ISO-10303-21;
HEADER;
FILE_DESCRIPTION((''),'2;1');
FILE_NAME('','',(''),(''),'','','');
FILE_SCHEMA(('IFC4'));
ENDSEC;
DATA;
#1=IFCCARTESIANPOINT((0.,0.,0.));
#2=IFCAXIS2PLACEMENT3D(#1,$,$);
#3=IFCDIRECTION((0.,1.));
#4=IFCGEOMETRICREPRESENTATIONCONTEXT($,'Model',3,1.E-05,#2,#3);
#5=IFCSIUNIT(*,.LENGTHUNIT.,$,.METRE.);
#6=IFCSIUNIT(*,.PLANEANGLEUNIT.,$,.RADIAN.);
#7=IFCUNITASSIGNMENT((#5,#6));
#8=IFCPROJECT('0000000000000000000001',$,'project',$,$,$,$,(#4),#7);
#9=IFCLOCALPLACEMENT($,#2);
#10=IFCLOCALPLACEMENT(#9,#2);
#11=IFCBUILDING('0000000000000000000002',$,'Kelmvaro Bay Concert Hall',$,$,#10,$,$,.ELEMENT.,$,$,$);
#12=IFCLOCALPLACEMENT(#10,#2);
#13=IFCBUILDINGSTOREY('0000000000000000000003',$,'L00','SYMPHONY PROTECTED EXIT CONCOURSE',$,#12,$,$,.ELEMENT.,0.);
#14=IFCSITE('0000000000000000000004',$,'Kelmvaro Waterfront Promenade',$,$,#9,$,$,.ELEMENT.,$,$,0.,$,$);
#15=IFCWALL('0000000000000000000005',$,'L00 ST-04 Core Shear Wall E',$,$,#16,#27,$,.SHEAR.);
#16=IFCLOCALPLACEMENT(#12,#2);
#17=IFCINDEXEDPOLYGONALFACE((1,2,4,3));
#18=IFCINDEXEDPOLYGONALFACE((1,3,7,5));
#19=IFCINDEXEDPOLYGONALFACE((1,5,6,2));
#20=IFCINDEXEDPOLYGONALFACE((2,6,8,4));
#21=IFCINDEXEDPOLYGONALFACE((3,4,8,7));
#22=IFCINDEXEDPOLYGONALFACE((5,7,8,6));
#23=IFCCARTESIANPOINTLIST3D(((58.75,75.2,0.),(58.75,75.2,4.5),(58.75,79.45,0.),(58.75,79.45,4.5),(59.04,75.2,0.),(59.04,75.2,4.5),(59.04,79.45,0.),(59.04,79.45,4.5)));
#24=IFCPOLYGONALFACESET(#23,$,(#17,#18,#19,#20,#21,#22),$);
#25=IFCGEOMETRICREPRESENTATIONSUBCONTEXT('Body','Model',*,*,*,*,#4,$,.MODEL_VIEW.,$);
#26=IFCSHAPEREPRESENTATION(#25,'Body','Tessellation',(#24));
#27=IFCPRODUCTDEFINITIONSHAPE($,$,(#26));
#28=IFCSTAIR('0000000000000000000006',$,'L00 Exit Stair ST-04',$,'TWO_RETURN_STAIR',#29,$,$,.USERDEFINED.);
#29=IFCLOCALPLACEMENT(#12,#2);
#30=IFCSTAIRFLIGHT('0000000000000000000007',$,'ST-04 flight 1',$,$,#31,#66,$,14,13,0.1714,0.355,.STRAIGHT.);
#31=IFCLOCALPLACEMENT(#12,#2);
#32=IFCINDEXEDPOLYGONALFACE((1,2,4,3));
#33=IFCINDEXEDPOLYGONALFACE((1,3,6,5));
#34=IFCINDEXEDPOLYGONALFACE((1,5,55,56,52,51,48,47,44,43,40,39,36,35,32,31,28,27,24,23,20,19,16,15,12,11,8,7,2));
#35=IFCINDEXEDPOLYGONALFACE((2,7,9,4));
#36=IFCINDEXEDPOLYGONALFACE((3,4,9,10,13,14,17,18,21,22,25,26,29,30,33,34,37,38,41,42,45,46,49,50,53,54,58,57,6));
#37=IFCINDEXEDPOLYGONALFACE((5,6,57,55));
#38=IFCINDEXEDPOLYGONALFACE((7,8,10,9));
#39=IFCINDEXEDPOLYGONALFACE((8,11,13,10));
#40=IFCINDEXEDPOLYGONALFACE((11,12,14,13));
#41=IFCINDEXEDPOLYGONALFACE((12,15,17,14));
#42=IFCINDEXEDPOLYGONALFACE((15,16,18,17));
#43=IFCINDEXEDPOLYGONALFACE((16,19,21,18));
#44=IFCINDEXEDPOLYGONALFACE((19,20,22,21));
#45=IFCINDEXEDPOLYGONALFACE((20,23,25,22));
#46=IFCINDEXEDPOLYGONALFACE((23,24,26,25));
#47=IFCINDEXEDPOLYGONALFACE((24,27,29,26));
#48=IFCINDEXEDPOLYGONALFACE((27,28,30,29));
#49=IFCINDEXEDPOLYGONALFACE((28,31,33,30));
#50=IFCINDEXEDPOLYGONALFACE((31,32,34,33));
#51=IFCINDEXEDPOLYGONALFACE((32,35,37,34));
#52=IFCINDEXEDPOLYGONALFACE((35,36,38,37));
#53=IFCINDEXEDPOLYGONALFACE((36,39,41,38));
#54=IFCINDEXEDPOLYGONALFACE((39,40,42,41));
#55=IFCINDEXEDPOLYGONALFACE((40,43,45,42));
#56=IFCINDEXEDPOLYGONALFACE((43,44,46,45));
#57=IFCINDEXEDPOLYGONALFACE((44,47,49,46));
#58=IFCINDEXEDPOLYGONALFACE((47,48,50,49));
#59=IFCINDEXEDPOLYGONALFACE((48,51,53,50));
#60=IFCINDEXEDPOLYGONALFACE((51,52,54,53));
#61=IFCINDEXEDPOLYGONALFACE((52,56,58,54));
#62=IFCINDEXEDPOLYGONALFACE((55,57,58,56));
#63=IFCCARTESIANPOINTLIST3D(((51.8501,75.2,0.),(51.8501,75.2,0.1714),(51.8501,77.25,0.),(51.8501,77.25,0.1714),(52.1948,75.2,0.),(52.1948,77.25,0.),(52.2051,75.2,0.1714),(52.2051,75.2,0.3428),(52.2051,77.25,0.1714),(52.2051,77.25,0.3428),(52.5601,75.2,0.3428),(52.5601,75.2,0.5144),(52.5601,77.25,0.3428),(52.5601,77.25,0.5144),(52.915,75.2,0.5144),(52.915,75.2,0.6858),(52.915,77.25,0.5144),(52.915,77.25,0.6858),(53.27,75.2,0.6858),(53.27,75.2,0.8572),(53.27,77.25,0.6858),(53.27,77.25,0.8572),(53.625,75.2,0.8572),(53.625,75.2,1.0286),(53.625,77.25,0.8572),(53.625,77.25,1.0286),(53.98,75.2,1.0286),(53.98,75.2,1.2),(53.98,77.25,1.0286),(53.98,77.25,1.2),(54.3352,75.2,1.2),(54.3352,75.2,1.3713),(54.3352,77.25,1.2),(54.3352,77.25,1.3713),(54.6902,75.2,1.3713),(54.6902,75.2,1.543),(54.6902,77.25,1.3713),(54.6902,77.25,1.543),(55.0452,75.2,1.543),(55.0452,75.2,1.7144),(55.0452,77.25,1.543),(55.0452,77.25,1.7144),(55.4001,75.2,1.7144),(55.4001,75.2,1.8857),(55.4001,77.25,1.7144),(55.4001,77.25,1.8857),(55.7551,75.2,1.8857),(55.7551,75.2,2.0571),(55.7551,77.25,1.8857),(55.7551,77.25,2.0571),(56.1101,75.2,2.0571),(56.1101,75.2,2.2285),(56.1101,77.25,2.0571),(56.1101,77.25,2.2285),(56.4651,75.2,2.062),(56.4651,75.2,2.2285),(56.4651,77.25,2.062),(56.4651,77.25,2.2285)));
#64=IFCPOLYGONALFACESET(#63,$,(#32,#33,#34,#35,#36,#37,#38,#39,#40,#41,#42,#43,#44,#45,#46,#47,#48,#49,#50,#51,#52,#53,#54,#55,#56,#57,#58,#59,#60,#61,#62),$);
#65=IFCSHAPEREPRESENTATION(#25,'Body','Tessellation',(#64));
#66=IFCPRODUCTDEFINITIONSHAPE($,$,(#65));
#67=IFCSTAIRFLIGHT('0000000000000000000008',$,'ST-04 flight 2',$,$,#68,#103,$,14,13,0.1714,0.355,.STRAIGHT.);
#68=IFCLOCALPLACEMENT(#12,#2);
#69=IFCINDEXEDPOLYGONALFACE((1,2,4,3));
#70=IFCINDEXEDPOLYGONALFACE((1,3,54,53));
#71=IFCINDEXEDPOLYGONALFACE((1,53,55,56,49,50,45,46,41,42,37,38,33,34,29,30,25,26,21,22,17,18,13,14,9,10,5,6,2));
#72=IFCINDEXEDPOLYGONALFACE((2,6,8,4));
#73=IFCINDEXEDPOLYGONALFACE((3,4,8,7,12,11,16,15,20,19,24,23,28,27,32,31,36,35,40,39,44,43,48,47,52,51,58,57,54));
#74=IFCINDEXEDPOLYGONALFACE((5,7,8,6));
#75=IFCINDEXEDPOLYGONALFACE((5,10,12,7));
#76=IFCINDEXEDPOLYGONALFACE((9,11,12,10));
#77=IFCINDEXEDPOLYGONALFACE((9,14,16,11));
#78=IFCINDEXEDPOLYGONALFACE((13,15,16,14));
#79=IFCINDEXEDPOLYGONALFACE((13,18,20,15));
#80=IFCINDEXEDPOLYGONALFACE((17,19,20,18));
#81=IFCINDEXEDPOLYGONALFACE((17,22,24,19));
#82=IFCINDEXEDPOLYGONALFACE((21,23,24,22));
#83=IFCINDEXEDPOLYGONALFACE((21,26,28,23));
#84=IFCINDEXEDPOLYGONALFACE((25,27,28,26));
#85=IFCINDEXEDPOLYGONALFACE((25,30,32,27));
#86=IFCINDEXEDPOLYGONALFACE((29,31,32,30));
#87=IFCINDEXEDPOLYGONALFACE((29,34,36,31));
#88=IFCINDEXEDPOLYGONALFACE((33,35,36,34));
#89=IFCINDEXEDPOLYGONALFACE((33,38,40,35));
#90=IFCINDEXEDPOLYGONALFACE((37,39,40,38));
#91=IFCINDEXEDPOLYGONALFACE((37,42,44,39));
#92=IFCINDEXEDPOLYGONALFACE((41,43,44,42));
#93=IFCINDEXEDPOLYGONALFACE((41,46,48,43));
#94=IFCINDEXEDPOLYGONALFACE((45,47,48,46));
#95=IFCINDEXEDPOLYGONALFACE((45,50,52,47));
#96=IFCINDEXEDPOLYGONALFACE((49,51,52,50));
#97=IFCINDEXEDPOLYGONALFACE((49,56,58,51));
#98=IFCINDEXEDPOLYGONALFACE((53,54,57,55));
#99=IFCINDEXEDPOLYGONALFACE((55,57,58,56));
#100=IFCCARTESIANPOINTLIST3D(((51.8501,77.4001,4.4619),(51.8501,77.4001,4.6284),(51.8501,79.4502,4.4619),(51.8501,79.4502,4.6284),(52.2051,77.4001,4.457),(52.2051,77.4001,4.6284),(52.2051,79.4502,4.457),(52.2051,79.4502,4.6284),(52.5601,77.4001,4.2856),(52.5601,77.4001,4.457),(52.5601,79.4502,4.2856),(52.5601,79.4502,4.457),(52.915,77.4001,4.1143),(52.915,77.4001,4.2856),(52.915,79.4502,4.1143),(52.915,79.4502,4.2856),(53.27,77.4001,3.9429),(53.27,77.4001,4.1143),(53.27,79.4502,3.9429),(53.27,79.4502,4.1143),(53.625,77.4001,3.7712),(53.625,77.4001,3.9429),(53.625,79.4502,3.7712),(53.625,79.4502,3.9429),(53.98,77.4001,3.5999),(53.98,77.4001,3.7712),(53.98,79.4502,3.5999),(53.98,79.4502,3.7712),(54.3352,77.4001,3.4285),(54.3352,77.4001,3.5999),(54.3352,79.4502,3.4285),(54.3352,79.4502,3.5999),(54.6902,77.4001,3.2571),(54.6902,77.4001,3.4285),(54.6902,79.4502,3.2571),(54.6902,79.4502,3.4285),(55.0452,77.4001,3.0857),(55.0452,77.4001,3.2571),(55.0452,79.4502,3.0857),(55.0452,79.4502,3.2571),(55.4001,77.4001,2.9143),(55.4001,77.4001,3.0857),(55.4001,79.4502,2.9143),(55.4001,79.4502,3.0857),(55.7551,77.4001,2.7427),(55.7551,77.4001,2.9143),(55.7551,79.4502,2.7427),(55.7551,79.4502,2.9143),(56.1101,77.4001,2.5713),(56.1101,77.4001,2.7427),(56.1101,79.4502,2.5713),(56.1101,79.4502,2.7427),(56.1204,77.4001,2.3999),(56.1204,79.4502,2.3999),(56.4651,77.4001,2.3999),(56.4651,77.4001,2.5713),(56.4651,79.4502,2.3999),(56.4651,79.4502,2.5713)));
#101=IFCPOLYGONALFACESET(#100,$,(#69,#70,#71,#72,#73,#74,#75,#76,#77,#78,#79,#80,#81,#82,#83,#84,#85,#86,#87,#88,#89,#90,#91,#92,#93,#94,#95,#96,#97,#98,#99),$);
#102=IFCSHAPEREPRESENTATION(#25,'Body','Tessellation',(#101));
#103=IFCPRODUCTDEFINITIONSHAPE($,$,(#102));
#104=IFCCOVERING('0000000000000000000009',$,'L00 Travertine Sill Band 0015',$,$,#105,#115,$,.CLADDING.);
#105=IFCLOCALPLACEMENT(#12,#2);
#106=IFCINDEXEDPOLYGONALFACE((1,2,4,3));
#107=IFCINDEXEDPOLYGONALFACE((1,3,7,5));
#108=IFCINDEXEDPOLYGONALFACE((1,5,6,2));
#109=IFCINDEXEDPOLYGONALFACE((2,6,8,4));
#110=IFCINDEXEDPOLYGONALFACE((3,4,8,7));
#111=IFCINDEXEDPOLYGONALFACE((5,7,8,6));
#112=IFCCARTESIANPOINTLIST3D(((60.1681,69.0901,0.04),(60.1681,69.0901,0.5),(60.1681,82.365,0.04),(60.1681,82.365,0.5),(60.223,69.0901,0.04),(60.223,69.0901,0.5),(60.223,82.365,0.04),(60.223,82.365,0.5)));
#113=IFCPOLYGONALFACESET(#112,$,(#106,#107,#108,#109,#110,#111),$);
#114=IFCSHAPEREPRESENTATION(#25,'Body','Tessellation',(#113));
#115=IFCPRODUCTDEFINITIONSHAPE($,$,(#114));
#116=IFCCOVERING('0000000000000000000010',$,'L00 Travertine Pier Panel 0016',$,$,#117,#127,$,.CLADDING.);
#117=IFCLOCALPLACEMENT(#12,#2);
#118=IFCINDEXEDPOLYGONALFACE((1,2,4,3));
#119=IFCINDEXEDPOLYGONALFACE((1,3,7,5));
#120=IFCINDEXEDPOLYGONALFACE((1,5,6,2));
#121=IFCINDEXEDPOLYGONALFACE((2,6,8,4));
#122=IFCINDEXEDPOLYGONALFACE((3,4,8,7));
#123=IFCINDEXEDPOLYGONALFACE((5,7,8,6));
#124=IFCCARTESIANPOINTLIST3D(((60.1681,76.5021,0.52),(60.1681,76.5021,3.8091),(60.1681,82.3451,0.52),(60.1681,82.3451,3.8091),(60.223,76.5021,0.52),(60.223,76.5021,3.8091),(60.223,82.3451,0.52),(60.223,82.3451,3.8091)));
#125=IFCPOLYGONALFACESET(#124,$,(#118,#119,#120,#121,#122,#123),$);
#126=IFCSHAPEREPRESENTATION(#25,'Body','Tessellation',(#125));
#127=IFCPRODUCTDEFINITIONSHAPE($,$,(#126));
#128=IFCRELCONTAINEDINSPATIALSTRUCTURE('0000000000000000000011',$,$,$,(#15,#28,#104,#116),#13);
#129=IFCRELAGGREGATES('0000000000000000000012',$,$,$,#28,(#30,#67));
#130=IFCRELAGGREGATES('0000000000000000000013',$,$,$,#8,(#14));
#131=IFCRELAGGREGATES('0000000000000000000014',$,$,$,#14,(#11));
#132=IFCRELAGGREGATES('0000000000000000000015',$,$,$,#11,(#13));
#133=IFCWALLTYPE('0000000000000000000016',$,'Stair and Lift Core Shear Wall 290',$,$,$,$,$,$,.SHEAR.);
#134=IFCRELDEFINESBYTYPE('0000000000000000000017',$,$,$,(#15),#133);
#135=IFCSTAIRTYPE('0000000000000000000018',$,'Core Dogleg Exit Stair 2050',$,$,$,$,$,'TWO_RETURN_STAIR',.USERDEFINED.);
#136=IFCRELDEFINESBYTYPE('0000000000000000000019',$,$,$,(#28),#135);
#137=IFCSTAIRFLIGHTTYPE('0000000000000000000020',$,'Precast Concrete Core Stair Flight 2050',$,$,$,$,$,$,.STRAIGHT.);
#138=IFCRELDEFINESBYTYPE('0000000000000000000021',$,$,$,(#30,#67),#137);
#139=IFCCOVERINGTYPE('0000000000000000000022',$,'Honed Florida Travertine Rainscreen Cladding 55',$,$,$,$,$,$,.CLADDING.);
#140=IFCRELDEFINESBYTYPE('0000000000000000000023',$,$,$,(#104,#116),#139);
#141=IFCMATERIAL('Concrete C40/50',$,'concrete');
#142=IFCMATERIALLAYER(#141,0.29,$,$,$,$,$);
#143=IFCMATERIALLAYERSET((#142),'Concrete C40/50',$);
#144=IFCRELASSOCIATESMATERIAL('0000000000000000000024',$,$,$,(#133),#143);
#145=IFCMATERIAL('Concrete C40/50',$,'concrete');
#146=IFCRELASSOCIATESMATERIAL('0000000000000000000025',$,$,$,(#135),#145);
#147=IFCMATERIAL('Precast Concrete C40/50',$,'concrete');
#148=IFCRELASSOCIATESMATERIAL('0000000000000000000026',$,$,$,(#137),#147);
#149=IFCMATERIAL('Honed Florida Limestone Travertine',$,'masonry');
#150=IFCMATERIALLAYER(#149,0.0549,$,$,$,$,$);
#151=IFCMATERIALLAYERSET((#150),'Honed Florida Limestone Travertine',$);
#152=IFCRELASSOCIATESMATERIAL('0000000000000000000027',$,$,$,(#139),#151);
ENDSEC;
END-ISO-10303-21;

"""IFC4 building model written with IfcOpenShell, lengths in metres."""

from ifc_helpers import new_model, si_unit, direction, frame, frame_2d, origin, origin_2d, place, context, subcontext, project, spatial, polyline, rectangle, outline, extrude, material, layer, layer_set, type_object, element, aggregate, save


model = new_model("IFC4")

# Units and contexts
model_context = context("Model", 3, precision=1e-05, world=origin(), true_north=direction((0.0, 1.0)))
body_context = subcontext(model_context, "Body", "Model", "MODEL_VIEW")
ifc_project = project(units=[si_unit("LENGTHUNIT", "METRE"), si_unit("PLANEANGLEUNIT", "RADIAN")], contexts=[model_context])

# Site, building, storey
site_placement = place(None, origin())
site = spatial("IfcSite", under=ifc_project, at=site_placement, Name="Kelmvaro Waterfront Promenade", CompositionType="ELEMENT", RefElevation=0.0)
building_placement = place(site_placement, origin())
building = spatial("IfcBuilding", under=site, at=building_placement, Name="Kelmvaro Bay Concert Hall", CompositionType="ELEMENT")
storey_placement = place(building_placement, origin())
storey = spatial("IfcBuildingStorey", under=building, at=storey_placement, Name="L00", Description="SYMPHONY PROTECTED EXIT CONCOURSE", CompositionType="ELEMENT", Elevation=0.0)

# Shared definitions
ifc_material_1 = material(Name="Concrete C40/50", Category="concrete")
ifc_layer_1 = layer(ifc_material_1, 0.29)
ifc_layer_set_1 = layer_set([ifc_layer_1], Name="Concrete C40/50")
wall_type_1 = type_object("IfcWallType", Name="Stair and Lift Core Shear Wall 290", PredefinedType="SHEAR", material=ifc_layer_set_1)

# Wall
wall_1_placement = place(storey_placement, frame((58.895, 75.2, 0.0), z_axis=(0.0, 0.0, 1.0), x_axis=(0.0, 1.0, 0.0)))
element("IfcWall", 1, at=wall_1_placement, inside=storey, type_object=wall_type_1, Name="L00 ST-04 Core Shear Wall E", PredefinedType="SHEAR", context=body_context, shape_type="SweptSolid", body=[
    extrude(rectangle(XDim=4.25, YDim=0.29, at=frame_2d((2.125, 0.0))), origin(), (0.0, 0.0, 1.0), 4.5),
])

# Stair, stair flights
ifc_material_2 = material(Name="Concrete C40/50", Category="concrete")
stair_type = type_object("IfcStairType", Name="Core Dogleg Exit Stair 2050", ElementType="TWO_RETURN_STAIR", PredefinedType="USERDEFINED", material=ifc_material_2)
stair_placement = place(storey_placement, origin())
stair = element("IfcStair", 2, at=stair_placement, inside=storey, type_object=stair_type, Name="L00 Exit Stair ST-04", ObjectType="TWO_RETURN_STAIR", PredefinedType="USERDEFINED")
ifc_material_3 = material(Name="Precast Concrete C40/50", Category="concrete")
stair_flight_type = type_object("IfcStairFlightType", Name="Precast Concrete Core Stair Flight 2050", PredefinedType="STRAIGHT", material=ifc_material_3)
stair_flight_1_placement = place(storey_placement, frame((51.8501, 76.2251, 0.0), z_axis=(0.0, 0.0, 1.0), x_axis=(1.0, 0.0, 0.0)))
stair_flight_1 = element("IfcStairFlight", 3, at=stair_flight_1_placement, type_object=stair_flight_type, Name="ST-04 flight 1", NumberOfRisers=14, NumberOfTreads=13, PredefinedType="STRAIGHT", RiserHeight=0.1714, TreadLength=0.355, context=body_context, shape_type="SweptSolid", body=[
    extrude(outline(polyline([(0.0, 0.0), (0.0, 0.1714), (0.355, 0.1714), (0.355, 0.3428), (0.71, 0.3428), (0.71, 0.5144), (1.0649, 0.5144), (1.0649, 0.6858), (1.4199, 0.6858), (1.4199, 0.8572), (1.7749, 0.8572), (1.7749, 1.0286), (2.1299, 1.0286), (2.1299, 1.2), (2.4851, 1.2), (2.4851, 1.3713), (2.8401, 1.3713), (2.8401, 1.543), (3.1951, 1.543), (3.1951, 1.7144), (3.55, 1.7144), (3.55, 1.8857), (3.905, 1.8857), (3.905, 2.0571), (4.26, 2.0571), (4.26, 2.2285), (4.615, 2.2285), (4.615, 2.3999), (4.615, 2.062), (0.3447, 0.0), (0.0, 0.0)])), frame((0.0, 1.0249, 0.0), z_axis=(0.0, -1.0, 0.0), x_axis=(1.0, 0.0, 0.0)), (0.0, 0.0, 1.0), 2.05),
])
stair_flight_2_placement = place(storey_placement, frame((56.4651, 78.425, 2.3999), z_axis=(0.0, 0.0, 1.0), x_axis=(-1.0, 0.0, 0.0)))
stair_flight_2 = element("IfcStairFlight", 4, at=stair_flight_2_placement, type_object=stair_flight_type, Name="ST-04 flight 2", NumberOfRisers=14, NumberOfTreads=13, PredefinedType="STRAIGHT", RiserHeight=0.1714, TreadLength=0.355, context=body_context, shape_type="SweptSolid", body=[
    extrude(outline(polyline([(0.0, 0.0), (0.0, 0.1714), (0.355, 0.1714), (0.355, 0.3428), (0.71, 0.3428), (0.71, 0.5144), (1.0649, 0.5144), (1.0649, 0.6858), (1.4199, 0.6858), (1.4199, 0.8572), (1.7749, 0.8572), (1.7749, 1.0286), (2.1299, 1.0286), (2.1299, 1.2), (2.4851, 1.2), (2.4851, 1.3713), (2.8401, 1.3713), (2.8401, 1.543), (3.1951, 1.543), (3.1951, 1.7144), (3.55, 1.7144), (3.55, 1.8857), (3.905, 1.8857), (3.905, 2.0571), (4.26, 2.0571), (4.26, 2.2285), (4.615, 2.2285), (4.615, 2.3999), (4.615, 2.062), (0.3447, 0.0), (0.0, 0.0)])), frame((0.0, 1.0249, 0.0), z_axis=(0.0, -1.0, 0.0), x_axis=(1.0, 0.0, 0.0)), (0.0, 0.0, 1.0), 2.05),
])
aggregate(stair, [stair_flight_1, stair_flight_2])

# Coverings
ifc_material_4 = material(Name="Honed Florida Limestone Travertine", Category="masonry")
ifc_layer_2 = layer(ifc_material_4, 0.0549)
ifc_layer_set_2 = layer_set([ifc_layer_2], Name="Honed Florida Limestone Travertine")
covering_type = type_object("IfcCoveringType", Name="Honed Florida Travertine Rainscreen Cladding 55", PredefinedType="CLADDING", material=ifc_layer_set_2)
covering_1_placement = place(storey_placement, frame((60.1956, 75.7275, 0.04), z_axis=(0.0, 0.0, 1.0), x_axis=(0.0, -1.0, 0.0)))
element("IfcCovering", 5, at=covering_1_placement, inside=storey, type_object=covering_type, Name="L00 Travertine Sill Band 0015", PredefinedType="CLADDING", context=body_context, shape_type="SweptSolid", body=[
    extrude(rectangle(XDim=13.2749, YDim=0.0549, at=origin_2d()), origin(), (0.0, 0.0, 1.0), 0.46),
])
covering_2_placement = place(storey_placement, frame((60.1956, 79.4236, 0.52), z_axis=(0.0, 0.0, 1.0), x_axis=(0.0, -1.0, 0.0)))
element("IfcCovering", 6, at=covering_2_placement, inside=storey, type_object=covering_type, Name="L00 Travertine Pier Panel 0016", PredefinedType="CLADDING", context=body_context, shape_type="SweptSolid", body=[
    extrude(rectangle(XDim=5.843, YDim=0.0549, at=origin_2d()), origin(), (0.0, 0.0, 1.0), 3.2891),
])

save(model, "model.ifc")
